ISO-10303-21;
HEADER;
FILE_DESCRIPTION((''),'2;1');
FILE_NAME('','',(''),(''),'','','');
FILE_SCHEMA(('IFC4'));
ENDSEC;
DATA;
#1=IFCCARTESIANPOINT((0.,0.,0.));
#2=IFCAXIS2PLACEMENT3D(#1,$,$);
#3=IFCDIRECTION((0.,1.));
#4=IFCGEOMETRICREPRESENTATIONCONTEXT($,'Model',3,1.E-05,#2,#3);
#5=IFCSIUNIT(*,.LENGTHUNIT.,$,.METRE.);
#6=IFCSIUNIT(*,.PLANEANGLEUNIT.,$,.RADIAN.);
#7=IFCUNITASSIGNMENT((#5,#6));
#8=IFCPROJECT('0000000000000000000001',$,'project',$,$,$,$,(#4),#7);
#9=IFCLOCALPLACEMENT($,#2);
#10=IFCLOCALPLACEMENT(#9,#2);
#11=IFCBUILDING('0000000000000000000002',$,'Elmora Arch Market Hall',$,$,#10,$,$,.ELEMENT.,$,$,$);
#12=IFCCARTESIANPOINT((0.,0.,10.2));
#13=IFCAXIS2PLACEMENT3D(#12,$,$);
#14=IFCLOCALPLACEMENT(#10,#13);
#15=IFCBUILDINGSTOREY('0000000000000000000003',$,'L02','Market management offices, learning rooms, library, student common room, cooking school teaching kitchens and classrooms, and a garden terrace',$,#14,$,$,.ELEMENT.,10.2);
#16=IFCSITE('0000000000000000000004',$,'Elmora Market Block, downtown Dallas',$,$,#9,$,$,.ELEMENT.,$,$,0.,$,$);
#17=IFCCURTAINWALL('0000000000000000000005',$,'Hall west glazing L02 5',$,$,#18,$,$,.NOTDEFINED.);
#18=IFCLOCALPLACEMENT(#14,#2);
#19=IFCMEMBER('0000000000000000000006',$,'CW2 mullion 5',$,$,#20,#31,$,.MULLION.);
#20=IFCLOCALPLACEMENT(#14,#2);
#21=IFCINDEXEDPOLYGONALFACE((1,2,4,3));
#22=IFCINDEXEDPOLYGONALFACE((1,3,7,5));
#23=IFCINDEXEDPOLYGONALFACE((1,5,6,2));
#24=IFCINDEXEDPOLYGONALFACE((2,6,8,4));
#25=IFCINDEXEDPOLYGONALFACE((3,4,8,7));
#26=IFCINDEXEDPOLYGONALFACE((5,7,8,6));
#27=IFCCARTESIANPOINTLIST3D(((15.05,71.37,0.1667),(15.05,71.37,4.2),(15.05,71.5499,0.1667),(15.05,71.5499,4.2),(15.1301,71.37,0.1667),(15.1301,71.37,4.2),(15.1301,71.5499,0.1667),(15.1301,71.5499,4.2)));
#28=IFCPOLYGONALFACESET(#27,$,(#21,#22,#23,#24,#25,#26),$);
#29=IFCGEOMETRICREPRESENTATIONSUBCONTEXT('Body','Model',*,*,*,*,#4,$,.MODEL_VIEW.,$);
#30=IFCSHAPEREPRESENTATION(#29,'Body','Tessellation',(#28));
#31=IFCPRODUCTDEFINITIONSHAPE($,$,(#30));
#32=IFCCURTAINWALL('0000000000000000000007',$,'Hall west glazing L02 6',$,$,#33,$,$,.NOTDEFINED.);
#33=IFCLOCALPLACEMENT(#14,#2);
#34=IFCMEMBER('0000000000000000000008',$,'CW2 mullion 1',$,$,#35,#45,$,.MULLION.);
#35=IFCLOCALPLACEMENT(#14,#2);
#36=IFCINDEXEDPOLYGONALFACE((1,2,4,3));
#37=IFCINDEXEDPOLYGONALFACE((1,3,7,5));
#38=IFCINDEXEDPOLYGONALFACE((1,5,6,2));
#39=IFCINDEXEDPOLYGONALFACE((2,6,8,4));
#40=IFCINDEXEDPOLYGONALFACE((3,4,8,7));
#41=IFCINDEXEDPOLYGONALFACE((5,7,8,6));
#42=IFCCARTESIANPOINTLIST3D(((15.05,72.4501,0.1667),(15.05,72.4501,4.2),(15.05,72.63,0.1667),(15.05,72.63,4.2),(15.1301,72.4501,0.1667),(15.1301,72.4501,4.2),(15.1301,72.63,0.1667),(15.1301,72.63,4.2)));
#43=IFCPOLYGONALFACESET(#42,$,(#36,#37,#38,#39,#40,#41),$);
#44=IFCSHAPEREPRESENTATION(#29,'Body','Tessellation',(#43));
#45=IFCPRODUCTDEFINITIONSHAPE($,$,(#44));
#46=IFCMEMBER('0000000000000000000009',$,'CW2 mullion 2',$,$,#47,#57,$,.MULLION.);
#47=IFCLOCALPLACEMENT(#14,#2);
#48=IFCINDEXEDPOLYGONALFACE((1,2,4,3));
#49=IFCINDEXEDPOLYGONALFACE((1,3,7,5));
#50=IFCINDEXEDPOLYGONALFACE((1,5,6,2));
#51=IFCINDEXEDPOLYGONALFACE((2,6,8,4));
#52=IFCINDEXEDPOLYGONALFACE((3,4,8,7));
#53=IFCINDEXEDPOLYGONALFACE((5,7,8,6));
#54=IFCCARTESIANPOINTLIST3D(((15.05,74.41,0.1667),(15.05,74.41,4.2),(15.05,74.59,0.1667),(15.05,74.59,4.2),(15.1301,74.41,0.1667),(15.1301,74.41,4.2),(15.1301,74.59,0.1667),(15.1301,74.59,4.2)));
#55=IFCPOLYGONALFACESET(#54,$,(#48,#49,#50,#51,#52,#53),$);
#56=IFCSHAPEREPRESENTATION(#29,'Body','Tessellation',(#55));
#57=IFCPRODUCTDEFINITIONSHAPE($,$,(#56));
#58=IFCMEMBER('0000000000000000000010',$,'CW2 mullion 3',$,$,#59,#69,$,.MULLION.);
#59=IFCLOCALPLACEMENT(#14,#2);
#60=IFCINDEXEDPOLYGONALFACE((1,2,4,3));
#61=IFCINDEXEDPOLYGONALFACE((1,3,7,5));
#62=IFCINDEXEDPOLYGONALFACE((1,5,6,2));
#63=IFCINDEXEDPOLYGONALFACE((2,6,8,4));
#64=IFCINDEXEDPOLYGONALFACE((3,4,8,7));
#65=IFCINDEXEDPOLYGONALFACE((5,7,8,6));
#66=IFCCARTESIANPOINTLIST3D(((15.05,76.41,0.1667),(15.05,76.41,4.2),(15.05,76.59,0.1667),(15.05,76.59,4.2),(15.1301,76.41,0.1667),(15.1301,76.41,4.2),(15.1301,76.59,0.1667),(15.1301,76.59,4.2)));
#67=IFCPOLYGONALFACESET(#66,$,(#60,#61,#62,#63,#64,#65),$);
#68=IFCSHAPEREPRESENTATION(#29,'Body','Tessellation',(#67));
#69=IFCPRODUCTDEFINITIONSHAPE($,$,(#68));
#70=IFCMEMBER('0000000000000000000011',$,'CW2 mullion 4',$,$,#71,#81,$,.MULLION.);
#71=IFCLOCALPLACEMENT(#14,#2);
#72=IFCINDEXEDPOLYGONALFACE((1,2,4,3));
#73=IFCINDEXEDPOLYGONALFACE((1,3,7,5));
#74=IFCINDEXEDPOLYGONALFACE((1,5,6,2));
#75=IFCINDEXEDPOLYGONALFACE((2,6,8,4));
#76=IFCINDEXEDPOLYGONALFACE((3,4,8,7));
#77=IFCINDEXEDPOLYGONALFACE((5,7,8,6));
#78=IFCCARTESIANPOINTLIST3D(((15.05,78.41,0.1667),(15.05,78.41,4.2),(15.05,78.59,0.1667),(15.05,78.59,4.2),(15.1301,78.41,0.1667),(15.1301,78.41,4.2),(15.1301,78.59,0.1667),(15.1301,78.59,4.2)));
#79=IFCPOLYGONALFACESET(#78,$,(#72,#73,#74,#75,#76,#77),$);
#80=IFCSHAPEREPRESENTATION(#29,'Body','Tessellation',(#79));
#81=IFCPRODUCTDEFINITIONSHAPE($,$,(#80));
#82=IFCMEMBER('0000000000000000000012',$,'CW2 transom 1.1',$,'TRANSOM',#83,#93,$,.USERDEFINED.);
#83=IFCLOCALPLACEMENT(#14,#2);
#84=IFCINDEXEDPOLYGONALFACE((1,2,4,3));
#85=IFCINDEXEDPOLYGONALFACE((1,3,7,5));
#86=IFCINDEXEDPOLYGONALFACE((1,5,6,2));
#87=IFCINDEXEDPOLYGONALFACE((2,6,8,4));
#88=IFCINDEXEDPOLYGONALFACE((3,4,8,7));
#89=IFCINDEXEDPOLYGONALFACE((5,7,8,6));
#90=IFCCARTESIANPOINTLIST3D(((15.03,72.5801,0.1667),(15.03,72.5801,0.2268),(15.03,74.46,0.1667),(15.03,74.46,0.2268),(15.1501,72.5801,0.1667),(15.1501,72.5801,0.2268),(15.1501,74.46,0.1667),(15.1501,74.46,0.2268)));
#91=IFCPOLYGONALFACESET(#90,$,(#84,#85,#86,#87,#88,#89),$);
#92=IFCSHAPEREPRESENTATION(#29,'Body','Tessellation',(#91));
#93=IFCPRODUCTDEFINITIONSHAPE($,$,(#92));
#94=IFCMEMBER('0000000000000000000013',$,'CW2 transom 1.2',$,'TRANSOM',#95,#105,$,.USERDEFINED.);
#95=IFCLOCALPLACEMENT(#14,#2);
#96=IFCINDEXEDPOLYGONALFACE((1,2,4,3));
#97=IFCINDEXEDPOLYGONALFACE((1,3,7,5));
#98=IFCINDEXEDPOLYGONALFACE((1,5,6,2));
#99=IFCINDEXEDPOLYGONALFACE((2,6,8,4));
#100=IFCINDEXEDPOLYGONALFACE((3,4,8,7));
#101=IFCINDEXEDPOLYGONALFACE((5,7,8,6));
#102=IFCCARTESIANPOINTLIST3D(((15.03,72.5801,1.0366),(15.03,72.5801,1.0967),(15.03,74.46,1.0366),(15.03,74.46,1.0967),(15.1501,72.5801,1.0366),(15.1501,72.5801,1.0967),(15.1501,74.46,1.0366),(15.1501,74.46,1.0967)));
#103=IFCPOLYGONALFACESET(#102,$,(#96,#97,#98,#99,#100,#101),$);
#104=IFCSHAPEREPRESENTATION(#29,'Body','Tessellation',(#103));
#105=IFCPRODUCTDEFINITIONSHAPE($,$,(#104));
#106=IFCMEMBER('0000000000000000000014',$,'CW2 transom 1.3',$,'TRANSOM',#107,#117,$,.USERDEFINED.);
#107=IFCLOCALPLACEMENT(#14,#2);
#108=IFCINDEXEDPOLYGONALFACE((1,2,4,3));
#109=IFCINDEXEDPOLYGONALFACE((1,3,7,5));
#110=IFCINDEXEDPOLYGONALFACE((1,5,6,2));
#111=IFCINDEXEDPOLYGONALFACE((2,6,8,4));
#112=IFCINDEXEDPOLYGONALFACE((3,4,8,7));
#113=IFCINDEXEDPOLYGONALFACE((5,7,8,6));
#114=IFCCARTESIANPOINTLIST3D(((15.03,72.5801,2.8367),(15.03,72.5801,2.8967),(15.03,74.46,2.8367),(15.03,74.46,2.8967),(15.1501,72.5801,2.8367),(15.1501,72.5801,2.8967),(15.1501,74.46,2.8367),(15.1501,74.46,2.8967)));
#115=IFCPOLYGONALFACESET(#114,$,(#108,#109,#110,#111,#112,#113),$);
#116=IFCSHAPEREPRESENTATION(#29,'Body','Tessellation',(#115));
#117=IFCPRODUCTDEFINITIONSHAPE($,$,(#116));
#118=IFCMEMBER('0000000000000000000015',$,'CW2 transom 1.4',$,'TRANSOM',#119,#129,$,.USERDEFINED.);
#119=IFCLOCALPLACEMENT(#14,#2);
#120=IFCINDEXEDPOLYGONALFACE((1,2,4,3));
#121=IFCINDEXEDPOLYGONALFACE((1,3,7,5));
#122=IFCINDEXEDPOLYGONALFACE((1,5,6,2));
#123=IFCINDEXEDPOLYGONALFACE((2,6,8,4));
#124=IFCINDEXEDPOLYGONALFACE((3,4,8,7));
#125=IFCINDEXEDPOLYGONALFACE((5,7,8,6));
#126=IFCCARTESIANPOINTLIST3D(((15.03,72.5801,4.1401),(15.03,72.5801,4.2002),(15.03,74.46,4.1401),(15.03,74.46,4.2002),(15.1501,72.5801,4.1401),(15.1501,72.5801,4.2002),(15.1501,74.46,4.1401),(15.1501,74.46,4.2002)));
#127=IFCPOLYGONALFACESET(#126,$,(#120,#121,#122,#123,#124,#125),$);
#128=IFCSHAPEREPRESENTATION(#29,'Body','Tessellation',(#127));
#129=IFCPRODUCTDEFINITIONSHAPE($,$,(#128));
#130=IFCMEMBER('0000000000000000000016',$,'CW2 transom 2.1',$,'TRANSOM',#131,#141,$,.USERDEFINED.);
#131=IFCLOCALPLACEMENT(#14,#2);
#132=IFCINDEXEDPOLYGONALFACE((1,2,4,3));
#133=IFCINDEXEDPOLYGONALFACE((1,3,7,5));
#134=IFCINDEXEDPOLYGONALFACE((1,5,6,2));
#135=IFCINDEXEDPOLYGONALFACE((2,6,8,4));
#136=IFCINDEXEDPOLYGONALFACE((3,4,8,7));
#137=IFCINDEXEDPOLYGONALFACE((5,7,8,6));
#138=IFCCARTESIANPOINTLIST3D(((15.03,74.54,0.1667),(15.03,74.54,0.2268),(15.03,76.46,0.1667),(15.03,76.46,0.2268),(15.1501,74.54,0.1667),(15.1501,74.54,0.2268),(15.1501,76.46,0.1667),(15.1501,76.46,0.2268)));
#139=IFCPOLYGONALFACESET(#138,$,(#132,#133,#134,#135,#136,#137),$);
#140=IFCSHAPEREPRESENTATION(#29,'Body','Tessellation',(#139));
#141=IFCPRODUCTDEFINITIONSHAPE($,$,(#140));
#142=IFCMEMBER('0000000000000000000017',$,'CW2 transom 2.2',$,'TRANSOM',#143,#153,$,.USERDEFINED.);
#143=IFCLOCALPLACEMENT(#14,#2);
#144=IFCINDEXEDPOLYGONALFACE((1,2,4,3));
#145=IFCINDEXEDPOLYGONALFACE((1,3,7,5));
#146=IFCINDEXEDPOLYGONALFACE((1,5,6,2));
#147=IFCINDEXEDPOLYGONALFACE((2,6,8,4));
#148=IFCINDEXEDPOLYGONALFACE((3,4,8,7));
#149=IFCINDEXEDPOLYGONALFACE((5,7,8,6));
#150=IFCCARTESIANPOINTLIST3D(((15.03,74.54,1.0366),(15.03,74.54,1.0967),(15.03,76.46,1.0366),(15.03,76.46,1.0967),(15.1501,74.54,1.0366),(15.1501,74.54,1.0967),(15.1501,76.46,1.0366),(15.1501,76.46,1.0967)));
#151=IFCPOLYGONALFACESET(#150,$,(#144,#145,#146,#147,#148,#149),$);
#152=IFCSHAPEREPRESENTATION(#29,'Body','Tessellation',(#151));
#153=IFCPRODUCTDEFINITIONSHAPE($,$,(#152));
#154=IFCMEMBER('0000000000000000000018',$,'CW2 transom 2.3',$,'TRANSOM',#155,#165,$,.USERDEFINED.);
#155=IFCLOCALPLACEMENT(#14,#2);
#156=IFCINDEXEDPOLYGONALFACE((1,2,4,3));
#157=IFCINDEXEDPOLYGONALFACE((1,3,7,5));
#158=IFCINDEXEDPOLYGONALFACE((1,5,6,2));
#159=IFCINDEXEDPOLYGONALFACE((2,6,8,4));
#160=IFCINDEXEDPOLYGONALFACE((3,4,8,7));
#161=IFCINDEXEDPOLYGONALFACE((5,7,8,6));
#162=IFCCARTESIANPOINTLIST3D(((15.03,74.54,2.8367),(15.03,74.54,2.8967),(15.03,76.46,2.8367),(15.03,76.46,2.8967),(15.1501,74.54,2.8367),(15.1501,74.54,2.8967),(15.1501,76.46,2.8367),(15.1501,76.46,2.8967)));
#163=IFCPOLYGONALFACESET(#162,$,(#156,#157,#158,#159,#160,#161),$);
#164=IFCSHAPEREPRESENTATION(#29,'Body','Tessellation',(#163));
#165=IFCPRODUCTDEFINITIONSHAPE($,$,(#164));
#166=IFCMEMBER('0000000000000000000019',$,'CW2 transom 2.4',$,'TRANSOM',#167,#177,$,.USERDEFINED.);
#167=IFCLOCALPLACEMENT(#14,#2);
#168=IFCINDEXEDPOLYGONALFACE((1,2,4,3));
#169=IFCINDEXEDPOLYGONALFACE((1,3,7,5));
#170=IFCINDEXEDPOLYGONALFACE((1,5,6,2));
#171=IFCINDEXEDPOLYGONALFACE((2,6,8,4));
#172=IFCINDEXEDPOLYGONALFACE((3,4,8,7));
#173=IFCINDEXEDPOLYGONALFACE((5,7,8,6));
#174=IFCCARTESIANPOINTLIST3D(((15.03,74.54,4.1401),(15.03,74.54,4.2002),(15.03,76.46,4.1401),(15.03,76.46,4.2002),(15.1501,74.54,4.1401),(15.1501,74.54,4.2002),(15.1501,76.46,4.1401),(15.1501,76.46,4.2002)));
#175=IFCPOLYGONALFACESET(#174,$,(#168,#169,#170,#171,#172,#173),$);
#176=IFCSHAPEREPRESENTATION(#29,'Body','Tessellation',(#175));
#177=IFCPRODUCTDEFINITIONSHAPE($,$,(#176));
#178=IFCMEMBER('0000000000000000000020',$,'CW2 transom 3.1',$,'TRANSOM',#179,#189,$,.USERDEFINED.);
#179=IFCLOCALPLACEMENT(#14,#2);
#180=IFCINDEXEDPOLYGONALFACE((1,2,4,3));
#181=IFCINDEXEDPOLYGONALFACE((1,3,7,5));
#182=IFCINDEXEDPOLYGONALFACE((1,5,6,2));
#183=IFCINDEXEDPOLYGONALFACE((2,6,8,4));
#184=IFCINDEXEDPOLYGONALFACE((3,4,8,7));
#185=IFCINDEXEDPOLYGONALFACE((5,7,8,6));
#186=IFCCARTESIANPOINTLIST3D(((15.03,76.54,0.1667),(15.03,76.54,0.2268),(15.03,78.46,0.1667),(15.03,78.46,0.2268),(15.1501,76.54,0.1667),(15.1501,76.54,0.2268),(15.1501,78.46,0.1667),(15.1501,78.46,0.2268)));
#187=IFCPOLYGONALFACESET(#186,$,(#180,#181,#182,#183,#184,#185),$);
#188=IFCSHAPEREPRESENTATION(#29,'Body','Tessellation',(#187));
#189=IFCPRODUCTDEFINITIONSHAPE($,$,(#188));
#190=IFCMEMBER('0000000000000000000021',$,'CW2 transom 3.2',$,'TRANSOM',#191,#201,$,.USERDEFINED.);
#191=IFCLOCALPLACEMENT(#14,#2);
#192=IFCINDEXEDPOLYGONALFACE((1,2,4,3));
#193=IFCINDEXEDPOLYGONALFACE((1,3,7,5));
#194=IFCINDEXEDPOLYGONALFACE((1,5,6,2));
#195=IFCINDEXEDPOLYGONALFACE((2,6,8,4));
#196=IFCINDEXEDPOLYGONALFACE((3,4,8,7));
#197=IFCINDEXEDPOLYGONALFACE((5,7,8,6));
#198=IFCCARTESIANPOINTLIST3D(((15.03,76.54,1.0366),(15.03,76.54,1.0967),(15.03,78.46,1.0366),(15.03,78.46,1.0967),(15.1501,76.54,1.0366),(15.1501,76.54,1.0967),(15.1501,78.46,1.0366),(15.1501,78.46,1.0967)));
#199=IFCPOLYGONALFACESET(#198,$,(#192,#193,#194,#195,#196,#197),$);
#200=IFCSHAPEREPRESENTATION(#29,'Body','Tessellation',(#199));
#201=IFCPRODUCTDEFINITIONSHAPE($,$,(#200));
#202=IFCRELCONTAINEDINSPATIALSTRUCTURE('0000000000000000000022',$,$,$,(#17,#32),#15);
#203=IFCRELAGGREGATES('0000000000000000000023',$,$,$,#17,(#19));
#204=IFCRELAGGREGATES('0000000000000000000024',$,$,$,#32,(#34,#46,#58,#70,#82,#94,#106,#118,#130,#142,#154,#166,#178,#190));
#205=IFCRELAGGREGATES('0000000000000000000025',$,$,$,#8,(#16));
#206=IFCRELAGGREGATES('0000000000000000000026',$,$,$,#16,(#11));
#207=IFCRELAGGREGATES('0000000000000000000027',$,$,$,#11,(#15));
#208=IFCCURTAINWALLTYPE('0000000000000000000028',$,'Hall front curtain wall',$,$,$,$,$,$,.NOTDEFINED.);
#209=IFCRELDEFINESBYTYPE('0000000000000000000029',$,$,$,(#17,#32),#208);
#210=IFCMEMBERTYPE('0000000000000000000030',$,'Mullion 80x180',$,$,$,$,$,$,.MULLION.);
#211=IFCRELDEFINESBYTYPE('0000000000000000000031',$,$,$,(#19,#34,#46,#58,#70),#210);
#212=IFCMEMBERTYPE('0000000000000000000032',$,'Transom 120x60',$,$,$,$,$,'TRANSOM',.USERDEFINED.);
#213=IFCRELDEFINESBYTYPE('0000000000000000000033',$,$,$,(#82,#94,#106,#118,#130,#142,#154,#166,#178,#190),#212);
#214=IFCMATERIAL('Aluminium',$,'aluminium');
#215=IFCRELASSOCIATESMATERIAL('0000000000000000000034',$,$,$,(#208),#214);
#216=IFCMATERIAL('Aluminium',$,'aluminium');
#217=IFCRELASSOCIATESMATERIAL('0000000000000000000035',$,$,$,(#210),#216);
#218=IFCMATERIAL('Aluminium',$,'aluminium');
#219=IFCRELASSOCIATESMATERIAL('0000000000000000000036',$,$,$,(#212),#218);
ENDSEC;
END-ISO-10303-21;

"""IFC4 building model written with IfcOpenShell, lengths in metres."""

from ifc_helpers import new_model, si_unit, direction, frame, origin, origin_2d, place, context, subcontext, project, spatial, rectangle, extrude, material, material_profile, profile_set, type_object, element, aggregate, save


model = new_model("IFC4")

# Units and contexts
model_context = context("Model", 3, precision=1e-05, world=origin(), true_north=direction((0.0, 1.0)))
body_context = subcontext(model_context, "Body", "Model", "MODEL_VIEW")
ifc_project = project(units=[si_unit("LENGTHUNIT", "METRE"), si_unit("PLANEANGLEUNIT", "RADIAN")], contexts=[model_context])

# Site, building, storey
site_placement = place(None, origin())
site = spatial("IfcSite", under=ifc_project, at=site_placement, Name="Elmora Market Block, downtown Dallas", CompositionType="ELEMENT", RefElevation=0.0)
building_placement = place(site_placement, origin())
building = spatial("IfcBuilding", under=site, at=building_placement, Name="Elmora Arch Market Hall", CompositionType="ELEMENT")
storey_placement = place(building_placement, frame((0.0, 0.0, 10.2)))
storey = spatial("IfcBuildingStorey", under=building, at=storey_placement, Name="L02", Description="Market management offices, learning rooms, library, student common room, cooking school teaching kitchens and classrooms, and a garden terrace", CompositionType="ELEMENT", Elevation=10.2)

# Curtain wall, member
ifc_material_1 = material(Name="Aluminium", Category="aluminium")
curtain_wall_type = type_object("IfcCurtainWallType", Name="Hall front curtain wall", PredefinedType="NOTDEFINED", material=ifc_material_1)
curtain_wall_1_placement = place(storey_placement, origin())
curtain_wall_1 = element("IfcCurtainWall", 1, at=curtain_wall_1_placement, inside=storey, type_object=curtain_wall_type, Name="Hall west glazing L02 5", PredefinedType="NOTDEFINED")
ifc_material_2 = material(Name="Aluminium", Category="aluminium")
ifc_material_profile_1 = material_profile(ifc_material_2, rectangle(XDim=0.0801, YDim=0.1799, at=origin_2d()), Name="AL 80x180")
ifc_profile_set_1 = profile_set([ifc_material_profile_1], Name="Aluminium")
member_type_1 = type_object("IfcMemberType", Name="Mullion 80x180", PredefinedType="MULLION", material=ifc_profile_set_1)
member_1_placement = place(storey_placement, frame((15.0901, 71.46, 0.1667), z_axis=(0.0, 0.0, 1.0), x_axis=(-1.0, 0.0, 0.0)))
member_1 = element("IfcMember", 2, at=member_1_placement, type_object=member_type_1, Name="CW2 mullion 5", PredefinedType="MULLION", context=body_context, shape_type="SweptSolid", body=[
    extrude(rectangle(XDim=0.0801, YDim=0.1799, at=origin_2d()), origin(), (0.0, 0.0, 1.0), 4.0332),
])

# Curtain wall, members
curtain_wall_2_placement = place(storey_placement, origin())
curtain_wall_2 = element("IfcCurtainWall", 3, at=curtain_wall_2_placement, inside=storey, type_object=curtain_wall_type, Name="Hall west glazing L02 6", PredefinedType="NOTDEFINED")
member_2_placement = place(storey_placement, frame((15.0901, 72.54, 0.1667), z_axis=(0.0, 0.0, 1.0), x_axis=(-1.0, 0.0, 0.0)))
member_2 = element("IfcMember", 4, at=member_2_placement, type_object=member_type_1, Name="CW2 mullion 1", PredefinedType="MULLION", context=body_context, shape_type="SweptSolid", body=[
    extrude(rectangle(XDim=0.0801, YDim=0.1799, at=origin_2d()), origin(), (0.0, 0.0, 1.0), 4.0332),
])
member_3_placement = place(storey_placement, frame((15.0901, 74.5, 0.1667), z_axis=(0.0, 0.0, 1.0), x_axis=(-1.0, 0.0, 0.0)))
member_3 = element("IfcMember", 5, at=member_3_placement, type_object=member_type_1, Name="CW2 mullion 2", PredefinedType="MULLION", context=body_context, shape_type="SweptSolid", body=[
    extrude(rectangle(XDim=0.0801, YDim=0.1799, at=origin_2d()), origin(), (0.0, 0.0, 1.0), 4.0332),
])
member_4_placement = place(storey_placement, frame((15.0901, 76.5, 0.1667), z_axis=(0.0, 0.0, 1.0), x_axis=(-1.0, 0.0, 0.0)))
member_4 = element("IfcMember", 6, at=member_4_placement, type_object=member_type_1, Name="CW2 mullion 3", PredefinedType="MULLION", context=body_context, shape_type="SweptSolid", body=[
    extrude(rectangle(XDim=0.0801, YDim=0.1799, at=origin_2d()), origin(), (0.0, 0.0, 1.0), 4.0332),
])
member_5_placement = place(storey_placement, frame((15.0901, 78.5, 0.1667), z_axis=(0.0, 0.0, 1.0), x_axis=(-1.0, 0.0, 0.0)))
member_5 = element("IfcMember", 7, at=member_5_placement, type_object=member_type_1, Name="CW2 mullion 4", PredefinedType="MULLION", context=body_context, shape_type="SweptSolid", body=[
    extrude(rectangle(XDim=0.0801, YDim=0.1799, at=origin_2d()), origin(), (0.0, 0.0, 1.0), 4.0332),
])
ifc_material_3 = material(Name="Aluminium", Category="aluminium")
ifc_material_profile_2 = material_profile(ifc_material_3, rectangle(XDim=0.1201, YDim=0.0601, at=origin_2d()), Name="AL 120x60")
ifc_profile_set_2 = profile_set([ifc_material_profile_2], Name="Aluminium")
member_type_2 = type_object("IfcMemberType", Name="Transom 120x60", ElementType="TRANSOM", PredefinedType="USERDEFINED", material=ifc_profile_set_2)
member_6_placement = place(storey_placement, frame((15.0901, 72.5801, 0.1968), z_axis=(0.0, 1.0, 0.0), x_axis=(-1.0, 0.0, 0.0)))
member_6 = element("IfcMember", 8, at=member_6_placement, type_object=member_type_2, Name="CW2 transom 1.1", ObjectType="TRANSOM", PredefinedType="USERDEFINED", context=body_context, shape_type="SweptSolid", body=[
    extrude(rectangle(XDim=0.1201, YDim=0.0601, at=origin_2d()), origin(), (0.0, 0.0, 1.0), 1.8799),
])
member_7_placement = place(storey_placement, frame((15.0901, 72.5801, 1.0667), z_axis=(0.0, 1.0, 0.0), x_axis=(-1.0, 0.0, 0.0)))
member_7 = element("IfcMember", 9, at=member_7_placement, type_object=member_type_2, Name="CW2 transom 1.2", ObjectType="TRANSOM", PredefinedType="USERDEFINED", context=body_context, shape_type="SweptSolid", body=[
    extrude(rectangle(XDim=0.1201, YDim=0.0601, at=origin_2d()), origin(), (0.0, 0.0, 1.0), 1.8799),
])
member_8_placement = place(storey_placement, frame((15.0901, 72.5801, 2.8667), z_axis=(0.0, 1.0, 0.0), x_axis=(-1.0, 0.0, 0.0)))
member_8 = element("IfcMember", 10, at=member_8_placement, type_object=member_type_2, Name="CW2 transom 1.3", ObjectType="TRANSOM", PredefinedType="USERDEFINED", context=body_context, shape_type="SweptSolid", body=[
    extrude(rectangle(XDim=0.1201, YDim=0.0601, at=origin_2d()), origin(), (0.0, 0.0, 1.0), 1.8799),
])
member_9_placement = place(storey_placement, frame((15.0901, 72.5801, 4.1702), z_axis=(0.0, 1.0, 0.0), x_axis=(-1.0, 0.0, 0.0)))
member_9 = element("IfcMember", 11, at=member_9_placement, type_object=member_type_2, Name="CW2 transom 1.4", ObjectType="TRANSOM", PredefinedType="USERDEFINED", context=body_context, shape_type="SweptSolid", body=[
    extrude(rectangle(XDim=0.1201, YDim=0.0601, at=origin_2d()), origin(), (0.0, 0.0, 1.0), 1.8799),
])
member_10_placement = place(storey_placement, frame((15.0901, 74.54, 0.1968), z_axis=(0.0, 1.0, 0.0), x_axis=(-1.0, 0.0, 0.0)))
member_10 = element("IfcMember", 12, at=member_10_placement, type_object=member_type_2, Name="CW2 transom 2.1", ObjectType="TRANSOM", PredefinedType="USERDEFINED", context=body_context, shape_type="SweptSolid", body=[
    extrude(rectangle(XDim=0.1201, YDim=0.0601, at=origin_2d()), origin(), (0.0, 0.0, 1.0), 1.9199),
])
member_11_placement = place(storey_placement, frame((15.0901, 74.54, 1.0667), z_axis=(0.0, 1.0, 0.0), x_axis=(-1.0, 0.0, 0.0)))
member_11 = element("IfcMember", 13, at=member_11_placement, type_object=member_type_2, Name="CW2 transom 2.2", ObjectType="TRANSOM", PredefinedType="USERDEFINED", context=body_context, shape_type="SweptSolid", body=[
    extrude(rectangle(XDim=0.1201, YDim=0.0601, at=origin_2d()), origin(), (0.0, 0.0, 1.0), 1.9199),
])
member_12_placement = place(storey_placement, frame((15.0901, 74.54, 2.8667), z_axis=(0.0, 1.0, 0.0), x_axis=(-1.0, 0.0, 0.0)))
member_12 = element("IfcMember", 14, at=member_12_placement, type_object=member_type_2, Name="CW2 transom 2.3", ObjectType="TRANSOM", PredefinedType="USERDEFINED", context=body_context, shape_type="SweptSolid", body=[
    extrude(rectangle(XDim=0.1201, YDim=0.0601, at=origin_2d()), origin(), (0.0, 0.0, 1.0), 1.9199),
])
member_13_placement = place(storey_placement, frame((15.0901, 74.54, 4.1702), z_axis=(0.0, 1.0, 0.0), x_axis=(-1.0, 0.0, 0.0)))
member_13 = element("IfcMember", 15, at=member_13_placement, type_object=member_type_2, Name="CW2 transom 2.4", ObjectType="TRANSOM", PredefinedType="USERDEFINED", context=body_context, shape_type="SweptSolid", body=[
    extrude(rectangle(XDim=0.1201, YDim=0.0601, at=origin_2d()), origin(), (0.0, 0.0, 1.0), 1.9199),
])
member_14_placement = place(storey_placement, frame((15.0901, 76.54, 0.1968), z_axis=(0.0, 1.0, 0.0), x_axis=(-1.0, 0.0, 0.0)))
member_14 = element("IfcMember", 16, at=member_14_placement, type_object=member_type_2, Name="CW2 transom 3.1", ObjectType="TRANSOM", PredefinedType="USERDEFINED", context=body_context, shape_type="SweptSolid", body=[
    extrude(rectangle(XDim=0.1201, YDim=0.0601, at=origin_2d()), origin(), (0.0, 0.0, 1.0), 1.9199),
])
member_15_placement = place(storey_placement, frame((15.0901, 76.54, 1.0667), z_axis=(0.0, 1.0, 0.0), x_axis=(-1.0, 0.0, 0.0)))
member_15 = element("IfcMember", 17, at=member_15_placement, type_object=member_type_2, Name="CW2 transom 3.2", ObjectType="TRANSOM", PredefinedType="USERDEFINED", context=body_context, shape_type="SweptSolid", body=[
    extrude(rectangle(XDim=0.1201, YDim=0.0601, at=origin_2d()), origin(), (0.0, 0.0, 1.0), 1.9199),
])

aggregate(curtain_wall_1, [member_1])
aggregate(curtain_wall_2, [member_2, member_3, member_4, member_5, member_6, member_7, member_8, member_9, member_10, member_11, member_12, member_13, member_14, member_15])

save(model, "model.ifc")
